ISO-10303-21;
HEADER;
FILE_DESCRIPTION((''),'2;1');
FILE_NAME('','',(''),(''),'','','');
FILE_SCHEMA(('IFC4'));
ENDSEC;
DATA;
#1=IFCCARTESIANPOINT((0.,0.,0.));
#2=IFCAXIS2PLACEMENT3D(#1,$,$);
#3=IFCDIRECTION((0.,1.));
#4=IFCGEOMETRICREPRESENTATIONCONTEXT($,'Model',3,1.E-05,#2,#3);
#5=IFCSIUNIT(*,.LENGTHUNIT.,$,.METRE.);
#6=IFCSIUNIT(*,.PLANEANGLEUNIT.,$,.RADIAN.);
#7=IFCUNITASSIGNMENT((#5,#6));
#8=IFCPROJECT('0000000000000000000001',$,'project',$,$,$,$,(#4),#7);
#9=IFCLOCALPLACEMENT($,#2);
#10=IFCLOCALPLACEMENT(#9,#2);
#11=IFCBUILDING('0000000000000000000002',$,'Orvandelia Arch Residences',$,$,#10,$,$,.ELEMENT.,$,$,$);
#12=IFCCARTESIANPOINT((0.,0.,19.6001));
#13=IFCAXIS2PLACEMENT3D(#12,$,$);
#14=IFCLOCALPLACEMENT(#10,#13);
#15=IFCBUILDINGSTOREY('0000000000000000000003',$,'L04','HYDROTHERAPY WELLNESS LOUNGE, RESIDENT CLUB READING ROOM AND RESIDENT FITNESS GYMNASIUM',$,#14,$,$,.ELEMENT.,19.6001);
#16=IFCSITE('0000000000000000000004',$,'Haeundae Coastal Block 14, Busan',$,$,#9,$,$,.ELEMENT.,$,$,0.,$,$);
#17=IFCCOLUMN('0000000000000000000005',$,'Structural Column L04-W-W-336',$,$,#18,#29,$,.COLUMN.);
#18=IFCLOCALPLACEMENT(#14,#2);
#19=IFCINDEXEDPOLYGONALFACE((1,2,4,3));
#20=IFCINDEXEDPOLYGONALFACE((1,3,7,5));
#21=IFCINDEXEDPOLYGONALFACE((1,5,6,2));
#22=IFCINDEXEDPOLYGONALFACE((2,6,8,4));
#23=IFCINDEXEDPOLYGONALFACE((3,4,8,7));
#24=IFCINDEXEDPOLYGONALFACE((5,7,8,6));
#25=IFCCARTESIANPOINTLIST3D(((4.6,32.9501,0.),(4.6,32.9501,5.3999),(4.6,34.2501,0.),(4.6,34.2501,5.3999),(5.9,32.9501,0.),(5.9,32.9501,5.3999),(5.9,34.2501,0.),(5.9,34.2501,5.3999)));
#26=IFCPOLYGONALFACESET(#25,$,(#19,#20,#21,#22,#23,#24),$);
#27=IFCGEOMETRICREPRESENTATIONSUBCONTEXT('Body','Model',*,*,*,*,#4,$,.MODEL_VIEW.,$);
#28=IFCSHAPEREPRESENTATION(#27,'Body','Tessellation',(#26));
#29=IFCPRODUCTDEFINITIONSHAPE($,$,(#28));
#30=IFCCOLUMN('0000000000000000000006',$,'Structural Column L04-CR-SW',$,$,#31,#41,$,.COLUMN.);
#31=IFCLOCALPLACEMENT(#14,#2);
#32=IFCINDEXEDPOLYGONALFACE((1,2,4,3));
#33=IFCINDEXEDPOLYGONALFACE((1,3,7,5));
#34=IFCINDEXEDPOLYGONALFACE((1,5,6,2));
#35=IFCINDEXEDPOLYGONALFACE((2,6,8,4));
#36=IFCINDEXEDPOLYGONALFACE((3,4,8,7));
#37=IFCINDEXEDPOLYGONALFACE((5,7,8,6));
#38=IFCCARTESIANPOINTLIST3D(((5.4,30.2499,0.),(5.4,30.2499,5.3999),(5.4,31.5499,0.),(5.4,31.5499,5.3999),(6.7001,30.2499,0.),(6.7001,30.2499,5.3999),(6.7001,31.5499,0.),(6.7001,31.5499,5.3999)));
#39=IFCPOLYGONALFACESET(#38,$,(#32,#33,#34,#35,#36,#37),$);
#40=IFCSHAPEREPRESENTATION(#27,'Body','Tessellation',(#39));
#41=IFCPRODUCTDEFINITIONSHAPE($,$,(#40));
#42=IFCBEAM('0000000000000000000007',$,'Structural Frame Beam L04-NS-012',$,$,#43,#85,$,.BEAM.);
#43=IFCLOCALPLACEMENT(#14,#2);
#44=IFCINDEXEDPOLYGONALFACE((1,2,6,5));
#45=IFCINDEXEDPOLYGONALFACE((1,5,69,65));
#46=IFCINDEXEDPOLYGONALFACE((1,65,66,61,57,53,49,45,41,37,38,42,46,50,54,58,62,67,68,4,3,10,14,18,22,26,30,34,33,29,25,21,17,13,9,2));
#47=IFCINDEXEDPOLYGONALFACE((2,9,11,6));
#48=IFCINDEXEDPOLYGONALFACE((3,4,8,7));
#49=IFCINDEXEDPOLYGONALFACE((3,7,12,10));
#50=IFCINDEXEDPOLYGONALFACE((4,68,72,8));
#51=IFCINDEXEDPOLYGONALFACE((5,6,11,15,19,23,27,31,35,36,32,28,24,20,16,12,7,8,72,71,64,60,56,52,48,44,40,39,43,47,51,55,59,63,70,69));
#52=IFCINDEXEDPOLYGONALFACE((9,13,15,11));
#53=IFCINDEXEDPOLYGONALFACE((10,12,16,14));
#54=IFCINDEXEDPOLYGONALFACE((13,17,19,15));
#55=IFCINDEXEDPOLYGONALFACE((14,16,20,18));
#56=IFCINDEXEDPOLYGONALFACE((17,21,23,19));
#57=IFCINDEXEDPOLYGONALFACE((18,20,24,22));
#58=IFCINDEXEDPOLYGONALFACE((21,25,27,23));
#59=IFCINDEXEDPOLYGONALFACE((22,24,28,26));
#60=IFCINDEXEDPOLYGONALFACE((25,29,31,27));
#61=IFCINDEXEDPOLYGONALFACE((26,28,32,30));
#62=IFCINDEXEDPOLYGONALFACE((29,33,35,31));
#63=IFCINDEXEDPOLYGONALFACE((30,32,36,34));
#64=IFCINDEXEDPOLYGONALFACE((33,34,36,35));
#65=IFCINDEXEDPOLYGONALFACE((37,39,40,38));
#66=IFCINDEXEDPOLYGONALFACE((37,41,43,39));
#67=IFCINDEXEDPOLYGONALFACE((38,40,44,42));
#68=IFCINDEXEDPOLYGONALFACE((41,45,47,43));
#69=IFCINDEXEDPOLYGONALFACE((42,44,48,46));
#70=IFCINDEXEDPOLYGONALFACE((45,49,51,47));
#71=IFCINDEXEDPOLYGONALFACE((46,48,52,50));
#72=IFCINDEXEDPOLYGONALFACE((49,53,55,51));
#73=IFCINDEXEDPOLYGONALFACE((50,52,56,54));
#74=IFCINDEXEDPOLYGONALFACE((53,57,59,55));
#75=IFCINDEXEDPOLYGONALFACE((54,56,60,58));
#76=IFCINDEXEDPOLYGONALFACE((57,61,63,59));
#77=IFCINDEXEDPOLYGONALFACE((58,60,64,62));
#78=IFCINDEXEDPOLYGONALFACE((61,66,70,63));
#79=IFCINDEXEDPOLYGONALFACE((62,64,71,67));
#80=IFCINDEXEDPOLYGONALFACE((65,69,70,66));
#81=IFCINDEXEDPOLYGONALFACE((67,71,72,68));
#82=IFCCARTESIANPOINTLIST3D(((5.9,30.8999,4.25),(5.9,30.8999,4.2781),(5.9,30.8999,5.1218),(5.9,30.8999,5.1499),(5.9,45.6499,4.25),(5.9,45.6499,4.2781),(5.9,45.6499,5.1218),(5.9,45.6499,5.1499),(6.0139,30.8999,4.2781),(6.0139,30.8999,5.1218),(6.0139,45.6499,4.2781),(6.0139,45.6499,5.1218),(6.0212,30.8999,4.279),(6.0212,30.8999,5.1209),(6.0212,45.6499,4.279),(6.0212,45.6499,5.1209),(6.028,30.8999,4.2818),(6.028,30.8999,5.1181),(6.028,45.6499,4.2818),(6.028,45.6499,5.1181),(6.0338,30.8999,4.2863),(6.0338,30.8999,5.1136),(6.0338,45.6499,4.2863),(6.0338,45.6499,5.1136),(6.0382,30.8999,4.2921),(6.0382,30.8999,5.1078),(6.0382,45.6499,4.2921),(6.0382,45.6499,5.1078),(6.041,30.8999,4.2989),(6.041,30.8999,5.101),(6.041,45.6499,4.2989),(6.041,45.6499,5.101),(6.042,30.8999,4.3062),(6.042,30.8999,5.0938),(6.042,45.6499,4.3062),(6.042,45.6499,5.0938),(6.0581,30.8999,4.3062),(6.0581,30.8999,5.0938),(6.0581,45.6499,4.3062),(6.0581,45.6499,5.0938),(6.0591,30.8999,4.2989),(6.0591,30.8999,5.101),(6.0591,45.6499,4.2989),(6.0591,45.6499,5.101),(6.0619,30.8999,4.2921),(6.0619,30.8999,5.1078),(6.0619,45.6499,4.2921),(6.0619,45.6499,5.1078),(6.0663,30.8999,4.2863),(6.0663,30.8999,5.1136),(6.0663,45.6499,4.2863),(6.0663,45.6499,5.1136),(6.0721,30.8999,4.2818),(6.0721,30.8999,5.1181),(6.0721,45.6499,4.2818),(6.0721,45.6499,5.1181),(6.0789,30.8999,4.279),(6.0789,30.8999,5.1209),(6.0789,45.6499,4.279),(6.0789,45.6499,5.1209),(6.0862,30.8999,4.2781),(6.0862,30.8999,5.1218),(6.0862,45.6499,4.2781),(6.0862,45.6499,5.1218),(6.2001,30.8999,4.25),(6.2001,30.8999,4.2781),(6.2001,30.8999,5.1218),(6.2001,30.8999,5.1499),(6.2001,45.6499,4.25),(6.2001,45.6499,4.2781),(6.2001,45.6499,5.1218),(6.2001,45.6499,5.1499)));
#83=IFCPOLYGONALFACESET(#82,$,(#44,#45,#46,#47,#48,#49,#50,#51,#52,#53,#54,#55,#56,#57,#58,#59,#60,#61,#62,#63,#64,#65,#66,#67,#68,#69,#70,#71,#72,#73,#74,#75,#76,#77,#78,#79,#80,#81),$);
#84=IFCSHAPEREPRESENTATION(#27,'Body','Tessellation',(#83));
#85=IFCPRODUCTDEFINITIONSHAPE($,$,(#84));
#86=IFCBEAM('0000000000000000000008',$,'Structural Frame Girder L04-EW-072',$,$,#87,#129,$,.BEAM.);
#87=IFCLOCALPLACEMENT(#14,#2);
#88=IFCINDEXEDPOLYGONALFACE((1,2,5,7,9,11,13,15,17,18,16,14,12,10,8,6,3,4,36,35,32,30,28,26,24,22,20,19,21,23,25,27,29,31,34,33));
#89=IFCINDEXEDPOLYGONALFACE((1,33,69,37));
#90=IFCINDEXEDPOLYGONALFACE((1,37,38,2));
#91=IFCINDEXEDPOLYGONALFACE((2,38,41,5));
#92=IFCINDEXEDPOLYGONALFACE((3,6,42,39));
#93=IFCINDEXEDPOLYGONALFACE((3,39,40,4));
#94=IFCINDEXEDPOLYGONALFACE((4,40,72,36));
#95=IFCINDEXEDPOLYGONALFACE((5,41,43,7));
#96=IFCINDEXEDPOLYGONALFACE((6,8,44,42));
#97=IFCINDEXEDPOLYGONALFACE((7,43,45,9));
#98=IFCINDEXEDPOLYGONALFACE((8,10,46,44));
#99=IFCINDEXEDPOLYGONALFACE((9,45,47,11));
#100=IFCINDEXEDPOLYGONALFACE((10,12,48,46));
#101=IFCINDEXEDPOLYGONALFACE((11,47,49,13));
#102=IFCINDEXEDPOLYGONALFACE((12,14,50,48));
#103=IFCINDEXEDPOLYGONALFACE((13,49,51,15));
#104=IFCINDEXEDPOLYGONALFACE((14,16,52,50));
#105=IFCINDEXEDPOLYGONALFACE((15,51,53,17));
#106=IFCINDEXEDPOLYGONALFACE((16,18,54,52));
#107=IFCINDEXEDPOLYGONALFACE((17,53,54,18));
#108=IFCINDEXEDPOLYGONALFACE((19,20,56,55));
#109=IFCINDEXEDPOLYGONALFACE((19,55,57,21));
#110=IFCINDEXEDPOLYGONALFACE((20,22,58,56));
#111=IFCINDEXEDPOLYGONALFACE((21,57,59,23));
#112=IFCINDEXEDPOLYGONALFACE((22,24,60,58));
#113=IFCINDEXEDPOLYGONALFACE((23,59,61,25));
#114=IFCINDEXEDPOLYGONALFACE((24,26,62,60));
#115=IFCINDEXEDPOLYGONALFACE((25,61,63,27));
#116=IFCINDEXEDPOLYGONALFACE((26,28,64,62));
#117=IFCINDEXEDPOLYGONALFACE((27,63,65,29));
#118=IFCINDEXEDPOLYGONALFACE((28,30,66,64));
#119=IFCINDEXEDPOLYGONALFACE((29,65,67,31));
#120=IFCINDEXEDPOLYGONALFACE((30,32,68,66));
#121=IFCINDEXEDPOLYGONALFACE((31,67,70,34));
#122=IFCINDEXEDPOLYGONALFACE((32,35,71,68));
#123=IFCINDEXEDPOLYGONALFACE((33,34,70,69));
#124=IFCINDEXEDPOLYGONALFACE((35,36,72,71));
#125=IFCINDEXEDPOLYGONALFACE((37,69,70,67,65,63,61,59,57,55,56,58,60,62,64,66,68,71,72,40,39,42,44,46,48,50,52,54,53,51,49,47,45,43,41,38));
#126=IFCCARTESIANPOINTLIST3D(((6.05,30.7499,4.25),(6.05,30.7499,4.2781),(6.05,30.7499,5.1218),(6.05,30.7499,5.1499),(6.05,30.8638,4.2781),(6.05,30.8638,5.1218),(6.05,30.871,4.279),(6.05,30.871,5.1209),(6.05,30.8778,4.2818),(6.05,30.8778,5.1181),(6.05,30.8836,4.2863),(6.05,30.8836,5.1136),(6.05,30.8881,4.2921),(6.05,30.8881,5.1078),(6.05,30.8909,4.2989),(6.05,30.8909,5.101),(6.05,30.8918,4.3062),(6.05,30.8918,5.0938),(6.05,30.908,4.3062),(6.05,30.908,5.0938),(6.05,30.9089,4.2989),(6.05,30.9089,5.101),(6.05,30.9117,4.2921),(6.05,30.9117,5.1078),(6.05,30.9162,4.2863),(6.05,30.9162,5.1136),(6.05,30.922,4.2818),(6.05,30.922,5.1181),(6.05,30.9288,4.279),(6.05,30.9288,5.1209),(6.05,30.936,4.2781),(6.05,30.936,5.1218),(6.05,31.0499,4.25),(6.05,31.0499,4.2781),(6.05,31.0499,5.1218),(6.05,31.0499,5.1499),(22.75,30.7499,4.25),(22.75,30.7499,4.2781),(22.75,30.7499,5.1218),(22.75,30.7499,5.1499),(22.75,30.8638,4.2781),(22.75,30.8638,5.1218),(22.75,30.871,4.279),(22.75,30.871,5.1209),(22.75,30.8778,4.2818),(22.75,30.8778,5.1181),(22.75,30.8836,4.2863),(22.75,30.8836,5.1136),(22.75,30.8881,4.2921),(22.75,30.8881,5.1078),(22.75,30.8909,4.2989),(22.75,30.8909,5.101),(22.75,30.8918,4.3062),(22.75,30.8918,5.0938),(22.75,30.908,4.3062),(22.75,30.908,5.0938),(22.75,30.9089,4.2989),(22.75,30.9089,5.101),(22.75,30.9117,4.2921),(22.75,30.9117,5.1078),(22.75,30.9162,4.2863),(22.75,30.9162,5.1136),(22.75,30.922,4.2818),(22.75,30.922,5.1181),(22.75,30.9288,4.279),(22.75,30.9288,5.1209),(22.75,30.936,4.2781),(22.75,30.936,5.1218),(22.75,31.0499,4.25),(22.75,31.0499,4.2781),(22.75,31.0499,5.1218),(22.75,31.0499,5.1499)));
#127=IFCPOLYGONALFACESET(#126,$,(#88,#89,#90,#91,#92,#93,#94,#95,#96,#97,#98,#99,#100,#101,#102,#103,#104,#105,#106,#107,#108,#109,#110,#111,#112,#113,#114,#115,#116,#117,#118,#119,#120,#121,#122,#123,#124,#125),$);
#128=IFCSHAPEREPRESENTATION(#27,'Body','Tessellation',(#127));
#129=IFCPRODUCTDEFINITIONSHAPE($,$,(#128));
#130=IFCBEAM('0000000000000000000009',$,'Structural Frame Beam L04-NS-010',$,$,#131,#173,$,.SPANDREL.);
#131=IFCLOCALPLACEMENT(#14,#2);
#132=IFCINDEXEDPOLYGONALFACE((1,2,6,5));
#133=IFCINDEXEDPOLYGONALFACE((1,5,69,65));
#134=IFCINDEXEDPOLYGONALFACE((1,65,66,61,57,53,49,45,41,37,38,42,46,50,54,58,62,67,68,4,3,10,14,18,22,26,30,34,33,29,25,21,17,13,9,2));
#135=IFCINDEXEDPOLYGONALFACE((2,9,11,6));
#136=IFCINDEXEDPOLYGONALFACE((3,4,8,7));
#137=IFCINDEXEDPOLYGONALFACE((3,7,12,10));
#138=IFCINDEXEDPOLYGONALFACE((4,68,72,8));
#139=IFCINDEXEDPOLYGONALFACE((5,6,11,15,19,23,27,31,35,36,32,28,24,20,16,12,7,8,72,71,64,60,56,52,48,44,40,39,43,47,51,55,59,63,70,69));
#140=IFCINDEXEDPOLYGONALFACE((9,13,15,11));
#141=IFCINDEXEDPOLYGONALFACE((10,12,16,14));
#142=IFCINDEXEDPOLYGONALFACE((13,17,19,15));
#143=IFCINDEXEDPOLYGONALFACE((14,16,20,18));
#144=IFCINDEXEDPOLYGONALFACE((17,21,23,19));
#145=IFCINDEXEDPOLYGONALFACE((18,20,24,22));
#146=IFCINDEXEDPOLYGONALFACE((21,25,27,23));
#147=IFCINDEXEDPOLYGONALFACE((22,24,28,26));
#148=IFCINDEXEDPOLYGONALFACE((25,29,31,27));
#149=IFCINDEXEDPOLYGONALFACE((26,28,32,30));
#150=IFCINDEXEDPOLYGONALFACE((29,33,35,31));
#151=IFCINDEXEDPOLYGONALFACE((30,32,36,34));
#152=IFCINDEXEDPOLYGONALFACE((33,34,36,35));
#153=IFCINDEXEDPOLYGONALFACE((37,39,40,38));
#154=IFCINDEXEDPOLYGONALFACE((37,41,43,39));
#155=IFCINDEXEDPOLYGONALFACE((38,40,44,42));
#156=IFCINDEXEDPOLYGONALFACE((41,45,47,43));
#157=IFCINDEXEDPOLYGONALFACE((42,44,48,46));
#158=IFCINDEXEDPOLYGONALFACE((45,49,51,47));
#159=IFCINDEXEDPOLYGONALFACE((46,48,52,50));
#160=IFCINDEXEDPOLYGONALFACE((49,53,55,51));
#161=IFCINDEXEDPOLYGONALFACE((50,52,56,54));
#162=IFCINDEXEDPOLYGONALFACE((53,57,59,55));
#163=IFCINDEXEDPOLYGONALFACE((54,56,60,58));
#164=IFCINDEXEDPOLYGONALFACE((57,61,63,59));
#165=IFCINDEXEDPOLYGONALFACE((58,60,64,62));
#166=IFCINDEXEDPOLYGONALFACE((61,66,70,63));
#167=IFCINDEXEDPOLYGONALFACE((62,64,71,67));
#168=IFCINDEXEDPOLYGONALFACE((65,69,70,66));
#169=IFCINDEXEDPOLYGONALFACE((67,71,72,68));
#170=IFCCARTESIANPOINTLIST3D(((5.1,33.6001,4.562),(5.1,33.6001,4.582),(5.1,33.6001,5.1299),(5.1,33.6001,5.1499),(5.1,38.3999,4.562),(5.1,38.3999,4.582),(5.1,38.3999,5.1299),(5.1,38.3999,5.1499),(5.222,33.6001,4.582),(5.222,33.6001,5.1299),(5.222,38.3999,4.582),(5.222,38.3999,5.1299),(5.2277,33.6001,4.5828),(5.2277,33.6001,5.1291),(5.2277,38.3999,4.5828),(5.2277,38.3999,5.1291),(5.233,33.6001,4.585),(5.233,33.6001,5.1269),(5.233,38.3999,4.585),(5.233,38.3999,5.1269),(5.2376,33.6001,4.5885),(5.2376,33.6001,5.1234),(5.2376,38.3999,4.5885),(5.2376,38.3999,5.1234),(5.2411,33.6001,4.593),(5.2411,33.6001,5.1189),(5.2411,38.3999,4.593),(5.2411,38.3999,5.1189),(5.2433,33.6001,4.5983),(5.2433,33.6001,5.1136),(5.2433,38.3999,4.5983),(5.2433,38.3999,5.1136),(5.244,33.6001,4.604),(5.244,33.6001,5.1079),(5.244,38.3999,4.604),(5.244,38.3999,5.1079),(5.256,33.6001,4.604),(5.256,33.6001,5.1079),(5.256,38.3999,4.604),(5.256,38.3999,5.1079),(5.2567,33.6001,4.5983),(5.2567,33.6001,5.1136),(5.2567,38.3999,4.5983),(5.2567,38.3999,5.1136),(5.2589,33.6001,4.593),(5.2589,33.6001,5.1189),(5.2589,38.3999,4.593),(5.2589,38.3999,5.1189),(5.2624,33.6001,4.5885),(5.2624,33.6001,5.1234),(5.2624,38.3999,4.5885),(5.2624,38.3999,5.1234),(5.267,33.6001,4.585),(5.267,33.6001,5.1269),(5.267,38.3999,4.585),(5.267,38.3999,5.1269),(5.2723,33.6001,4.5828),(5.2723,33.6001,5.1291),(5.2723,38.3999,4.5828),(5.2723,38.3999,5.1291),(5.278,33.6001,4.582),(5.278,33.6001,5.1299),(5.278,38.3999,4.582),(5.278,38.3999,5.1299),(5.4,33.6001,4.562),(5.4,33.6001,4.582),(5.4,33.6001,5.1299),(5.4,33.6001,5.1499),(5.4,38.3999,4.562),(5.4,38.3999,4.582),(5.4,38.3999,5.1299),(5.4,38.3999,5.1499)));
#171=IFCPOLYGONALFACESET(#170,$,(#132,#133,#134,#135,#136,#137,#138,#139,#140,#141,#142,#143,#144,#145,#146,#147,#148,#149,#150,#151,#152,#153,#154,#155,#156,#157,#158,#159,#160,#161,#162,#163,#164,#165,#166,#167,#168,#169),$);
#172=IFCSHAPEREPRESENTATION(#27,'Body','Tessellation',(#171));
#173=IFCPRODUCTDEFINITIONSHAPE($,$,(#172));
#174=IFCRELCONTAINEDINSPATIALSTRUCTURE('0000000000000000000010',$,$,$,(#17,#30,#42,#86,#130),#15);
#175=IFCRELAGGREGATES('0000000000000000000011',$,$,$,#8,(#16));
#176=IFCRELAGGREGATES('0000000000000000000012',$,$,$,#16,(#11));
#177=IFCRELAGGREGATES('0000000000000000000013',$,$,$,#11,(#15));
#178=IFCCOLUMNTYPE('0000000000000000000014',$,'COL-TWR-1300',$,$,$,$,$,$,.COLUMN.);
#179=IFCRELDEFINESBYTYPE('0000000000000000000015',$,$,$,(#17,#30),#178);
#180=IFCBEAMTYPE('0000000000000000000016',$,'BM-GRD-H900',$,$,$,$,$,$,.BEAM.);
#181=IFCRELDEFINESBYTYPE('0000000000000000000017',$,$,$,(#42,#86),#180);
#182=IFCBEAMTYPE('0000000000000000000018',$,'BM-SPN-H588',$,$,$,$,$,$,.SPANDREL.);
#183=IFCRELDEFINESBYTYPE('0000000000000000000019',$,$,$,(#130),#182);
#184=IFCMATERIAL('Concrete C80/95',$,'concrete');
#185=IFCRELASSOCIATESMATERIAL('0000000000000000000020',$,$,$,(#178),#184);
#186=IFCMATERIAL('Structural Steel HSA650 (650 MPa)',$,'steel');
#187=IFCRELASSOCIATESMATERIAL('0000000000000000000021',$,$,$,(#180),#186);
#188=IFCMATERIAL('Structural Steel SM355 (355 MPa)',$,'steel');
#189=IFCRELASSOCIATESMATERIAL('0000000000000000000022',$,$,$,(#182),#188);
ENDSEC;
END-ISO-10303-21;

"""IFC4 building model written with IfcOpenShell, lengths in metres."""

from ifc_helpers import new_model, si_unit, direction, frame, origin, origin_2d, place, context, subcontext, project, spatial, rectangle, i_section, extrude, material, material_profile, profile_set, type_object, element, save


model = new_model("IFC4")

# Units and contexts
model_context = context("Model", 3, precision=1e-05, world=origin(), true_north=direction((0.0, 1.0)))
body_context = subcontext(model_context, "Body", "Model", "MODEL_VIEW")
ifc_project = project(units=[si_unit("LENGTHUNIT", "METRE"), si_unit("PLANEANGLEUNIT", "RADIAN")], contexts=[model_context])

# Site, building, storey
site_placement = place(None, origin())
site = spatial("IfcSite", under=ifc_project, at=site_placement, Name="Haeundae Coastal Block 14, Busan", CompositionType="ELEMENT", RefElevation=0.0)
building_placement = place(site_placement, origin())
building = spatial("IfcBuilding", under=site, at=building_placement, Name="Orvandelia Arch Residences", CompositionType="ELEMENT")
storey_placement = place(building_placement, frame((0.0, 0.0, 19.6001)))
storey = spatial("IfcBuildingStorey", under=building, at=storey_placement, Name="L04", Description="HYDROTHERAPY WELLNESS LOUNGE, RESIDENT CLUB READING ROOM AND RESIDENT FITNESS GYMNASIUM", CompositionType="ELEMENT", Elevation=19.6001)

# Columns
ifc_material_1 = material(Name="Concrete C80/95", Category="concrete")
ifc_material_profile_1 = material_profile(ifc_material_1, rectangle(XDim=1.3, YDim=1.3, at=origin_2d()), Name="Concrete C80/95", Category="concrete")
ifc_profile_set_1 = profile_set([ifc_material_profile_1], Name="Concrete C80/95")
column_type = type_object("IfcColumnType", Name="COL-TWR-1300", PredefinedType="COLUMN", material=ifc_profile_set_1)
for number, where, z_axis, x_axis, name in (
    (1, (5.25, 33.6001, 0.0), (0.0, 0.0, 1.0), (1.0, 0.0, 0.0), "Structural Column L04-W-W-336"),
    (2, (6.05, 30.8999, 0.0), (0.0, 0.0, 1.0), (1.0, 0.0, 0.0), "Structural Column L04-CR-SW"),
):
    element("IfcColumn", number, at=place(storey_placement, frame(where, z_axis=z_axis, x_axis=x_axis)), inside=storey, type_object=column_type, Name=name, PredefinedType="COLUMN", context=body_context, shape_type="SweptSolid", body=[
        extrude(rectangle(XDim=1.3, YDim=1.3, at=origin_2d()), origin(), (0.0, 0.0, 1.0), 5.3999),
    ])

# Beams
ifc_material_2 = material(Name="Structural Steel HSA650 (650 MPa)", Category="steel")
ifc_material_profile_2 = material_profile(ifc_material_2, i_section(OverallWidth=0.3, OverallDepth=0.8999, WebThickness=0.0161, FlangeThickness=0.0281, FilletRadius=0.0281, at=origin_2d()), Name="Structural Steel HSA650 (650 MPa)", Category="steel")
ifc_profile_set_2 = profile_set([ifc_material_profile_2], Name="Structural Steel HSA650 (650 MPa)")
beam_type_1 = type_object("IfcBeamType", Name="BM-GRD-H900", PredefinedType="BEAM", material=ifc_profile_set_2)
beam_1_placement = place(storey_placement, frame((6.05, 30.8999, 4.7), z_axis=(0.0, 1.0, 0.0), x_axis=(-1.0, 0.0, 0.0)))
element("IfcBeam", 3, at=beam_1_placement, inside=storey, type_object=beam_type_1, Name="Structural Frame Beam L04-NS-012", PredefinedType="BEAM", context=body_context, shape_type="SweptSolid", body=[
    extrude(i_section(OverallWidth=0.3, OverallDepth=0.8999, WebThickness=0.0161, FlangeThickness=0.0281, FilletRadius=0.0281, at=origin_2d()), origin(), (0.0, 0.0, 1.0), 14.75),
])
beam_2_placement = place(storey_placement, frame((6.05, 30.8999, 4.7), z_axis=(1.0, 0.0, 0.0), x_axis=(0.0, 1.0, 0.0)))
element("IfcBeam", 4, at=beam_2_placement, inside=storey, type_object=beam_type_1, Name="Structural Frame Girder L04-EW-072", PredefinedType="BEAM", context=body_context, shape_type="SweptSolid", body=[
    extrude(i_section(OverallWidth=0.3, OverallDepth=0.8999, WebThickness=0.0161, FlangeThickness=0.0281, FilletRadius=0.0281, at=origin_2d()), origin(), (0.0, 0.0, 1.0), 16.7),
])
ifc_material_3 = material(Name="Structural Steel SM355 (355 MPa)", Category="steel")
ifc_material_profile_3 = material_profile(ifc_material_3, i_section(OverallWidth=0.3, OverallDepth=0.5879, WebThickness=0.012, FlangeThickness=0.02, FilletRadius=0.022, at=origin_2d()), Name="Structural Steel SM355 (355 MPa)", Category="steel")
ifc_profile_set_3 = profile_set([ifc_material_profile_3], Name="Structural Steel SM355 (355 MPa)")
beam_type_2 = type_object("IfcBeamType", Name="BM-SPN-H588", PredefinedType="SPANDREL", material=ifc_profile_set_3)
beam_3_placement = place(storey_placement, frame((5.25, 33.6001, 4.856), z_axis=(0.0, 1.0, 0.0), x_axis=(-1.0, 0.0, 0.0)))
element("IfcBeam", 5, at=beam_3_placement, inside=storey, type_object=beam_type_2, Name="Structural Frame Beam L04-NS-010", PredefinedType="SPANDREL", context=body_context, shape_type="SweptSolid", body=[
    extrude(i_section(OverallWidth=0.3, OverallDepth=0.5879, WebThickness=0.012, FlangeThickness=0.02, FilletRadius=0.022, at=origin_2d()), origin(), (0.0, 0.0, 1.0), 4.7998),
])

save(model, "model.ifc")
